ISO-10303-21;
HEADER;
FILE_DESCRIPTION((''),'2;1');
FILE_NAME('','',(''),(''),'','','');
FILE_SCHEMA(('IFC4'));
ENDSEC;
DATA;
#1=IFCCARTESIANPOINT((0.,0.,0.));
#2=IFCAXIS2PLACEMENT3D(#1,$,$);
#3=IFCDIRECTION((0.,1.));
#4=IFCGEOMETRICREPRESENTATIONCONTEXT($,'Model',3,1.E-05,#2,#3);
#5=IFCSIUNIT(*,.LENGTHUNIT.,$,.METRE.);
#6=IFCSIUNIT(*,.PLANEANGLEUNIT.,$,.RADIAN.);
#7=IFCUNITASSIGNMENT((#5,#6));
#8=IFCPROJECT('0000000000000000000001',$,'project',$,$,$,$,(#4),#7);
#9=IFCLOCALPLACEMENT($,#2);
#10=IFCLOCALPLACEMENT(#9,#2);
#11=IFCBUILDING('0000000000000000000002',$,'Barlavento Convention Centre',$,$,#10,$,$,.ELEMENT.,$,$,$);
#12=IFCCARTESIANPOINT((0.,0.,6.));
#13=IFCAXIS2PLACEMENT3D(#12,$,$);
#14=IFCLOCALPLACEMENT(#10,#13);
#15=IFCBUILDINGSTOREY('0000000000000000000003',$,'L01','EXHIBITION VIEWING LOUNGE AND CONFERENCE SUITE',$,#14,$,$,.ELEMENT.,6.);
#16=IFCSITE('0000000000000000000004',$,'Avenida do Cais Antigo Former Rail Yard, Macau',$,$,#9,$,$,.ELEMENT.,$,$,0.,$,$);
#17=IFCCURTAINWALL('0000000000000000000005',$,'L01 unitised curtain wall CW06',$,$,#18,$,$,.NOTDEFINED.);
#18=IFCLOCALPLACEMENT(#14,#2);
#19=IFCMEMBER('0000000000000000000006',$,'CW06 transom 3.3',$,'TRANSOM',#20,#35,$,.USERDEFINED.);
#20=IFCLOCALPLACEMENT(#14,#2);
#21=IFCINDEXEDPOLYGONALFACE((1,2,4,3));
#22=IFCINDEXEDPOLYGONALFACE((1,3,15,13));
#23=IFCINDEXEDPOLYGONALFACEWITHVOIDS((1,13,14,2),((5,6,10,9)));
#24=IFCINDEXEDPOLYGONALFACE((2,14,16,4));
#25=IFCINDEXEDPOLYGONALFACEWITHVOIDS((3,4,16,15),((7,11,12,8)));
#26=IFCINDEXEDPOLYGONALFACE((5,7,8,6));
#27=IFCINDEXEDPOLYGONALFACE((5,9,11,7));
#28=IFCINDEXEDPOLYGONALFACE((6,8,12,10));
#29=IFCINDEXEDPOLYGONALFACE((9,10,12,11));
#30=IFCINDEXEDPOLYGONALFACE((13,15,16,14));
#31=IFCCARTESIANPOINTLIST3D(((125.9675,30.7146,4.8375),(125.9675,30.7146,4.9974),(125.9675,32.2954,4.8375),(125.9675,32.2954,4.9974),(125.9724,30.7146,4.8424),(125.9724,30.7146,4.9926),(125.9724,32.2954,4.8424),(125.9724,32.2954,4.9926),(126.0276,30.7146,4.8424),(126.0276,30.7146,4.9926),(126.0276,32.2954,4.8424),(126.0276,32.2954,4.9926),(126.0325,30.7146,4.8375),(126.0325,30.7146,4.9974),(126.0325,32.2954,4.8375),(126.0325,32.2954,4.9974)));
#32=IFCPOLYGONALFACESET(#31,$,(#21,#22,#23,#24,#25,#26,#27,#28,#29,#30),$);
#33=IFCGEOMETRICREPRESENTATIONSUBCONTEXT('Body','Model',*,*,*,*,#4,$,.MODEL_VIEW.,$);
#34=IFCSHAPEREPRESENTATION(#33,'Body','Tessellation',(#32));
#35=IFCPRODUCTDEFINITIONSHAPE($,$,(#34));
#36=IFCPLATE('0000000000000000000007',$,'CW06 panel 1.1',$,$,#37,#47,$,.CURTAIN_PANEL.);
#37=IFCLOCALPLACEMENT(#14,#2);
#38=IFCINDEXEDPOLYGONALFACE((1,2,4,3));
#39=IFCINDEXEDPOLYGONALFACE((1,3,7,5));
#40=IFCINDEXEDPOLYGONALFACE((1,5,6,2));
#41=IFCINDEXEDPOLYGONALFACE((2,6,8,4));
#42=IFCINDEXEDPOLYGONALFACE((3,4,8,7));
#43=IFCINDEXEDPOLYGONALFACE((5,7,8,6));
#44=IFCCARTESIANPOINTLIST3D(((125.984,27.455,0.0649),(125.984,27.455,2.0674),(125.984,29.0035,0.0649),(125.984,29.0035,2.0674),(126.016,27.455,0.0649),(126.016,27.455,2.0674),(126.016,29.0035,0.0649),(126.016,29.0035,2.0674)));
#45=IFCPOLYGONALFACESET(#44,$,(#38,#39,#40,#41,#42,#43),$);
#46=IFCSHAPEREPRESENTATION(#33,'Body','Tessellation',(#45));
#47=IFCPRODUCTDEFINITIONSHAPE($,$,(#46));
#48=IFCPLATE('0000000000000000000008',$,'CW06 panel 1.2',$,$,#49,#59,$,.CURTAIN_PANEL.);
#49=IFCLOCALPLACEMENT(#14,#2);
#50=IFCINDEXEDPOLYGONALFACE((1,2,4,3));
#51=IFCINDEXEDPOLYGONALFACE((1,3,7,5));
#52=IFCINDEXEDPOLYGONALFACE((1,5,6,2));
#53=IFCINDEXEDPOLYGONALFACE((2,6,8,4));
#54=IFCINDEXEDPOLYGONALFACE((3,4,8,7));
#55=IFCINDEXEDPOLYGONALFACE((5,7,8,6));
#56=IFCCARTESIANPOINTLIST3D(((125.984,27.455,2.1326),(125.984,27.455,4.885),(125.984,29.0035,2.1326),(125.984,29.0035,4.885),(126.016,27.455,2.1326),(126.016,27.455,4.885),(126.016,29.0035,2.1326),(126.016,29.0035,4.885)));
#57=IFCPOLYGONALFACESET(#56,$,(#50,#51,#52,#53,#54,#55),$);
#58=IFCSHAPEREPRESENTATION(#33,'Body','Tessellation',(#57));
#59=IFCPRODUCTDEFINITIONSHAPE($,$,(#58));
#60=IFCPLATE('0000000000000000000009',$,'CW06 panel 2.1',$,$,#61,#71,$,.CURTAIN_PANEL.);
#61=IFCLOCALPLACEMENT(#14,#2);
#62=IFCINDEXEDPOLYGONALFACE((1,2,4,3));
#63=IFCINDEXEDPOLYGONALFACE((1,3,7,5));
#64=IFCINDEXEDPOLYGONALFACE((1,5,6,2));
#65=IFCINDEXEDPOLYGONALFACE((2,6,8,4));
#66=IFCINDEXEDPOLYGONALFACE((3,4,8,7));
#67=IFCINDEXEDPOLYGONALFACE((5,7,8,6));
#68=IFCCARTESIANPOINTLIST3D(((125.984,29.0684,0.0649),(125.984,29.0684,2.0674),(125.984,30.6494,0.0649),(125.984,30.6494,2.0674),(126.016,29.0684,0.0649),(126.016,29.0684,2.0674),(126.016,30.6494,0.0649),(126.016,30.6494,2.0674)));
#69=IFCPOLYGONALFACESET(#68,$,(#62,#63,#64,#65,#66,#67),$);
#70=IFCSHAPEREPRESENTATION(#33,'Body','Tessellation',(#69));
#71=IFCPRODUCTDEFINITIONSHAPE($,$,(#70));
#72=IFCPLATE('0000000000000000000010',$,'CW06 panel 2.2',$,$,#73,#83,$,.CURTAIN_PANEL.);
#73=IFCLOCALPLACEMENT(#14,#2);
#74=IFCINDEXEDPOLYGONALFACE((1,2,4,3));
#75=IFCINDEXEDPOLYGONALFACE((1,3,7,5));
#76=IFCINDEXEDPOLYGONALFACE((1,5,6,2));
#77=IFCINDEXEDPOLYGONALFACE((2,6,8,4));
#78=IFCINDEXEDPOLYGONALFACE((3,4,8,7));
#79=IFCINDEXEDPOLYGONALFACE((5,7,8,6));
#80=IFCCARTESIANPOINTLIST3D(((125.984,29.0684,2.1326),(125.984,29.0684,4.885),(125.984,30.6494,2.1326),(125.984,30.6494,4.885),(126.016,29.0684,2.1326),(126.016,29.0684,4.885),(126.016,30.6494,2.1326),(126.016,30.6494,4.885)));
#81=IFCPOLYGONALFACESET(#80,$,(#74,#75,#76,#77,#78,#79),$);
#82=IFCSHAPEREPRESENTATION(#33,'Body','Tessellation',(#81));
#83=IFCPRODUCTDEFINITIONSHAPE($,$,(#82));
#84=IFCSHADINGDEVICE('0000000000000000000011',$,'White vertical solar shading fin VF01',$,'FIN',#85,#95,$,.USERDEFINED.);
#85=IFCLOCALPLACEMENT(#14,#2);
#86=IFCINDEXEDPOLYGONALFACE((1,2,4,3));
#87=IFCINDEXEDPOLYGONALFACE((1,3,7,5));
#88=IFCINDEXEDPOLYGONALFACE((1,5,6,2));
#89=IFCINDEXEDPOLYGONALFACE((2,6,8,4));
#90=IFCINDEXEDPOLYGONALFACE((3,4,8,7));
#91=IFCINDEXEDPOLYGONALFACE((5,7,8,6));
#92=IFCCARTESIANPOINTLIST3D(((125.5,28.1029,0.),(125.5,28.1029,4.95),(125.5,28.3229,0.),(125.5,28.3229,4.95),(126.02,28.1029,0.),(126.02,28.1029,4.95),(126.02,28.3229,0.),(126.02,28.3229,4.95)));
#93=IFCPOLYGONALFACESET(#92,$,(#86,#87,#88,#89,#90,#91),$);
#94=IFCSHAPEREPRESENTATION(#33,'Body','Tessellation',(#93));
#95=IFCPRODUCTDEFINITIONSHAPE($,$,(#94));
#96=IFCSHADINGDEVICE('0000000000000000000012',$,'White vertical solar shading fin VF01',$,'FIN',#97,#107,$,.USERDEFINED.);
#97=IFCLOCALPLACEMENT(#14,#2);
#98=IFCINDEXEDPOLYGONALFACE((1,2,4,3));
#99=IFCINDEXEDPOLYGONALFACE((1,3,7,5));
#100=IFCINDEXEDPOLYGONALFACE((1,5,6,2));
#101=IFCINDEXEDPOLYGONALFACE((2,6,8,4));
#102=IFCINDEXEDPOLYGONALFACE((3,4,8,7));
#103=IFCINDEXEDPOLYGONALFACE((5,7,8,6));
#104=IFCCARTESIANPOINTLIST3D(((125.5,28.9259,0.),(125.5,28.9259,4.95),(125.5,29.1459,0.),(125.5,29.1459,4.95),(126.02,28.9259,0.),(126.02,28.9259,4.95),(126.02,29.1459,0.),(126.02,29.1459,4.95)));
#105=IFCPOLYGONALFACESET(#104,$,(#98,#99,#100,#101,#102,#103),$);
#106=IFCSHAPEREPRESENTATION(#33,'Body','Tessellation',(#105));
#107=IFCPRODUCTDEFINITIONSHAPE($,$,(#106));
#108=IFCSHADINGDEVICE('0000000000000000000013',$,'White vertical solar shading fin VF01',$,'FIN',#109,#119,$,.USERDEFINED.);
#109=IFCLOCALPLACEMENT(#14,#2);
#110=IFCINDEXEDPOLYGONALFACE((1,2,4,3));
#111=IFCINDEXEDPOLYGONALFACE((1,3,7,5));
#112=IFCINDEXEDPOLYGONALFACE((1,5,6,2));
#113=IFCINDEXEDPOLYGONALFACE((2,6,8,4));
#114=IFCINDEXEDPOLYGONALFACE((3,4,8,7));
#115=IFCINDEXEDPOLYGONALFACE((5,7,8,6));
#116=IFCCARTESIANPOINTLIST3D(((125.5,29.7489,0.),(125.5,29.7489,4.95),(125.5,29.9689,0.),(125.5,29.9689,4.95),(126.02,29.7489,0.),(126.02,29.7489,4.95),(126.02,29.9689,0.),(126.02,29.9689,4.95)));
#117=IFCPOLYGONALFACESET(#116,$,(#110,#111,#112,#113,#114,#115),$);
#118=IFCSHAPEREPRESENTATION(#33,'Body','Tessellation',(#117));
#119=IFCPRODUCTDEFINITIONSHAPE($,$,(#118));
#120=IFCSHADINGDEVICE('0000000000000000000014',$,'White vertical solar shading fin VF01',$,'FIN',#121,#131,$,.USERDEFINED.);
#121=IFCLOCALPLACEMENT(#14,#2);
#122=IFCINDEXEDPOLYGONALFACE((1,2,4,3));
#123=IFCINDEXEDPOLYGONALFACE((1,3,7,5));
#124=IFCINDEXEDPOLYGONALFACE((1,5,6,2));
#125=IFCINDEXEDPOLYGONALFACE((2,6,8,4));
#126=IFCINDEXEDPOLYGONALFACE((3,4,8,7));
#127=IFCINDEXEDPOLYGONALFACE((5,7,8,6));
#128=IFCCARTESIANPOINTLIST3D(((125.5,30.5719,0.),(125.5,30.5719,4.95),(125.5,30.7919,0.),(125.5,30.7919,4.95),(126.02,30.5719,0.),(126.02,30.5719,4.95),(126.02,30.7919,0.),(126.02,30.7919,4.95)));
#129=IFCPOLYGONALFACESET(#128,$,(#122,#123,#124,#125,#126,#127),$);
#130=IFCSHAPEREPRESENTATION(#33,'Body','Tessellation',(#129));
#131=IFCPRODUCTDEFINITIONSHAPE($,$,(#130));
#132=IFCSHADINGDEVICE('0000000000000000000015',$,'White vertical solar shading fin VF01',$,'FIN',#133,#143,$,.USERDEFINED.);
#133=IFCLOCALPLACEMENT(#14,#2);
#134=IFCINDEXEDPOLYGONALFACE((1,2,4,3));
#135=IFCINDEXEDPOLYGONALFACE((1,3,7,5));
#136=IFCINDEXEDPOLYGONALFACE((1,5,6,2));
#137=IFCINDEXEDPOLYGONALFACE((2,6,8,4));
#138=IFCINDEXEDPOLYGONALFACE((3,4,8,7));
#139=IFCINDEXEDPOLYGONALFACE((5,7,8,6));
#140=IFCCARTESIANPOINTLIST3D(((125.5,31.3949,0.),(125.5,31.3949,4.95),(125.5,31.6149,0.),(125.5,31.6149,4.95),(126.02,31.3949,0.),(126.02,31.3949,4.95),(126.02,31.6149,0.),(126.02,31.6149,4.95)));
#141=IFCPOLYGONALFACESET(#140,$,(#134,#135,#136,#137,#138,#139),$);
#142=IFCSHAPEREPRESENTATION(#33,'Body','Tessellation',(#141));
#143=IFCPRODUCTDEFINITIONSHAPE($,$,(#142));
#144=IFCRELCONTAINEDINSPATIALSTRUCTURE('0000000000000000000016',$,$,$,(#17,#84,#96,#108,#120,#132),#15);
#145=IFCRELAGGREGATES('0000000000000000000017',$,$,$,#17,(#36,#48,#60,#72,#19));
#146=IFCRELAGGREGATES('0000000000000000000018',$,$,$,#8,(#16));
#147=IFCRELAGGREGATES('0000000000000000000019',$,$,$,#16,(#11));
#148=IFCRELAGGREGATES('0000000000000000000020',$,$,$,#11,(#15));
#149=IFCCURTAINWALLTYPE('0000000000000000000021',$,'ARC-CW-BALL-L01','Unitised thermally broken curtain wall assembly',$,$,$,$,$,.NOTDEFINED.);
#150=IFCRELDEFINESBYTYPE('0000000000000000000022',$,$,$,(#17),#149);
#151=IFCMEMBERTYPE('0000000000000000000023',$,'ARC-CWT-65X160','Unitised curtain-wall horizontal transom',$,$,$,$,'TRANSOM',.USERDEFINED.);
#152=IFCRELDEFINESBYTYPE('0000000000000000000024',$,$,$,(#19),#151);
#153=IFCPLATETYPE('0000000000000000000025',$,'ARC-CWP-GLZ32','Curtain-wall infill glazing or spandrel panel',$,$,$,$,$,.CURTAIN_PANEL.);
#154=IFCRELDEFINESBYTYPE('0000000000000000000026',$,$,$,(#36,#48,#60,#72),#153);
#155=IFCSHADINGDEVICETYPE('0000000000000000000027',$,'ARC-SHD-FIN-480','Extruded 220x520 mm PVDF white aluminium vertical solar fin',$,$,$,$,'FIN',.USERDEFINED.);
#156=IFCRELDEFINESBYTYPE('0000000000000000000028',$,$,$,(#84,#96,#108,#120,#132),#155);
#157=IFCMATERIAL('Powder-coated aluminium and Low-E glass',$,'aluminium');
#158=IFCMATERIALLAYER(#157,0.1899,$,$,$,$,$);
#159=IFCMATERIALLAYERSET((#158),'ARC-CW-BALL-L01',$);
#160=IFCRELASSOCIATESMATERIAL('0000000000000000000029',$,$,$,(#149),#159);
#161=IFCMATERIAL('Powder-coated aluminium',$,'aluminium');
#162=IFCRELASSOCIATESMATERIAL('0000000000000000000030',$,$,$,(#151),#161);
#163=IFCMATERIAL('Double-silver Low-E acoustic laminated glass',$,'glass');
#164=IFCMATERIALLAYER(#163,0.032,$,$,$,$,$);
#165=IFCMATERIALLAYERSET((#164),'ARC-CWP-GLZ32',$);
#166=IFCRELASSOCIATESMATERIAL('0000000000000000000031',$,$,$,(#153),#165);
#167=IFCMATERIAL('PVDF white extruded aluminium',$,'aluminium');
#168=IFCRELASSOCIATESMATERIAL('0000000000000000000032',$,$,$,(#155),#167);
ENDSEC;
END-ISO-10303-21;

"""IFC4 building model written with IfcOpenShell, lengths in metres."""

from ifc_helpers import new_model, si_unit, direction, frame, origin, origin_2d, place, context, subcontext, project, spatial, rectangle, hollow_rectangle, extrude, material, layer, layer_set, material_profile, profile_set, type_object, element, aggregate, save


model = new_model("IFC4")

# Units and contexts
model_context = context("Model", 3, precision=1e-05, world=origin(), true_north=direction((0.0, 1.0)))
body_context = subcontext(model_context, "Body", "Model", "MODEL_VIEW")
ifc_project = project(units=[si_unit("LENGTHUNIT", "METRE"), si_unit("PLANEANGLEUNIT", "RADIAN")], contexts=[model_context])

# Site, building, storey
site_placement = place(None, origin())
site = spatial("IfcSite", under=ifc_project, at=site_placement, Name="Avenida do Cais Antigo Former Rail Yard, Macau", CompositionType="ELEMENT", RefElevation=0.0)
building_placement = place(site_placement, origin())
building = spatial("IfcBuilding", under=site, at=building_placement, Name="Barlavento Convention Centre", CompositionType="ELEMENT")
storey_placement = place(building_placement, frame((0.0, 0.0, 6.0)))
storey = spatial("IfcBuildingStorey", under=building, at=storey_placement, Name="L01", Description="EXHIBITION VIEWING LOUNGE AND CONFERENCE SUITE", CompositionType="ELEMENT", Elevation=6.0)

# Curtain wall, member, plates
ifc_material_1 = material(Name="Powder-coated aluminium and Low-E glass", Category="aluminium")
ifc_layer_1 = layer(ifc_material_1, 0.1899)
ifc_layer_set_1 = layer_set([ifc_layer_1], Name="ARC-CW-BALL-L01")
curtain_wall_type = type_object("IfcCurtainWallType", Name="ARC-CW-BALL-L01", Description="Unitised thermally broken curtain wall assembly", PredefinedType="NOTDEFINED", material=ifc_layer_set_1)
curtain_wall_placement = place(storey_placement, origin())
curtain_wall = element("IfcCurtainWall", 1, at=curtain_wall_placement, inside=storey, type_object=curtain_wall_type, Name="L01 unitised curtain wall CW06", PredefinedType="NOTDEFINED")
ifc_material_2 = material(Name="Powder-coated aluminium", Category="aluminium")
ifc_material_profile_1 = material_profile(ifc_material_2, hollow_rectangle(XDim=0.0649, YDim=0.1599, WallThickness=0.0049, at=origin_2d()), Name="AL-TRAN 65x160x5")
ifc_profile_set_1 = profile_set([ifc_material_profile_1], Name="Powder-coated aluminium")
member_type_1 = type_object("IfcMemberType", Name="ARC-CWT-65X160", Description="Unitised curtain-wall horizontal transom", ElementType="TRANSOM", PredefinedType="USERDEFINED", material=ifc_profile_set_1)
member_1_placement = place(storey_placement, frame((126.0, 30.7146, 4.9175), z_axis=(0.0, 1.0, 0.0), x_axis=(-1.0, 0.0, 0.0)))
member_1 = element("IfcMember", 2, at=member_1_placement, type_object=member_type_1, Name="CW06 transom 3.3", ObjectType="TRANSOM", PredefinedType="USERDEFINED", context=body_context, shape_type="SweptSolid", body=[
    extrude(hollow_rectangle(XDim=0.0649, YDim=0.1599, WallThickness=0.0049, at=origin_2d()), origin(), (0.0, 0.0, 1.0), 1.5808),
])
ifc_material_3 = material(Name="Double-silver Low-E acoustic laminated glass", Category="glass")
ifc_layer_2 = layer(ifc_material_3, 0.032)
ifc_layer_set_2 = layer_set([ifc_layer_2], Name="ARC-CWP-GLZ32")
plate_type = type_object("IfcPlateType", Name="ARC-CWP-GLZ32", Description="Curtain-wall infill glazing or spandrel panel", PredefinedType="CURTAIN_PANEL", material=ifc_layer_set_2)
plate_1_placement = place(storey_placement, frame((126.0, 28.2292, 0.0649), z_axis=(0.0, 0.0, 1.0), x_axis=(0.0, 1.0, 0.0)))
plate_1 = element("IfcPlate", 3, at=plate_1_placement, type_object=plate_type, Name="CW06 panel 1.1", PredefinedType="CURTAIN_PANEL", context=body_context, shape_type="SweptSolid", body=[
    extrude(rectangle(XDim=1.5486, YDim=0.032, at=origin_2d()), origin(), (0.0, 0.0, 1.0), 2.0024),
])
plate_2_placement = place(storey_placement, frame((126.0, 28.2292, 2.1326), z_axis=(0.0, 0.0, 1.0), x_axis=(0.0, 1.0, 0.0)))
plate_2 = element("IfcPlate", 4, at=plate_2_placement, type_object=plate_type, Name="CW06 panel 1.2", PredefinedType="CURTAIN_PANEL", context=body_context, shape_type="SweptSolid", body=[
    extrude(rectangle(XDim=1.5486, YDim=0.032, at=origin_2d()), origin(), (0.0, 0.0, 1.0), 2.7524),
])
plate_3_placement = place(storey_placement, frame((126.0, 29.8589, 0.0649), z_axis=(0.0, 0.0, 1.0), x_axis=(0.0, 1.0, 0.0)))
plate_3 = element("IfcPlate", 5, at=plate_3_placement, type_object=plate_type, Name="CW06 panel 2.1", PredefinedType="CURTAIN_PANEL", context=body_context, shape_type="SweptSolid", body=[
    extrude(rectangle(XDim=1.5811, YDim=0.032, at=origin_2d()), origin(), (0.0, 0.0, 1.0), 2.0024),
])
plate_4_placement = place(storey_placement, frame((126.0, 29.8589, 2.1326), z_axis=(0.0, 0.0, 1.0), x_axis=(0.0, 1.0, 0.0)))
plate_4 = element("IfcPlate", 6, at=plate_4_placement, type_object=plate_type, Name="CW06 panel 2.2", PredefinedType="CURTAIN_PANEL", context=body_context, shape_type="SweptSolid", body=[
    extrude(rectangle(XDim=1.5811, YDim=0.032, at=origin_2d()), origin(), (0.0, 0.0, 1.0), 2.7524),
])
aggregate(curtain_wall, [plate_1, plate_2, plate_3, plate_4, member_1])

# Shading devices
ifc_material_4 = material(Name="PVDF white extruded aluminium", Category="aluminium")
shading_device_type = type_object("IfcShadingDeviceType", Name="ARC-SHD-FIN-480", Description="Extruded 220x520 mm PVDF white aluminium vertical solar fin", ElementType="FIN", PredefinedType="USERDEFINED", material=ifc_material_4)
for number, where, z_axis, x_axis, name in (
    (7, (125.76, 28.2129, 0.0), (0.0, 0.0, 1.0), (0.0, 1.0, 0.0), "White vertical solar shading fin VF01"),
    (8, (125.76, 29.0359, 0.0), (0.0, 0.0, 1.0), (0.0, 1.0, 0.0), "White vertical solar shading fin VF01"),
    (9, (125.76, 29.8589, 0.0), (0.0, 0.0, 1.0), (0.0, 1.0, 0.0), "White vertical solar shading fin VF01"),
    (10, (125.76, 30.6819, 0.0), (0.0, 0.0, 1.0), (0.0, 1.0, 0.0), "White vertical solar shading fin VF01"),
    (11, (125.76, 31.5049, 0.0), (0.0, 0.0, 1.0), (0.0, 1.0, 0.0), "White vertical solar shading fin VF01"),
):
    element("IfcShadingDevice", number, at=place(storey_placement, frame(where, z_axis=z_axis, x_axis=x_axis)), inside=storey, type_object=shading_device_type, Name=name, ObjectType="FIN", PredefinedType="USERDEFINED", context=body_context, shape_type="SweptSolid", body=[
        extrude(rectangle(XDim=0.22, YDim=0.52, at=origin_2d()), origin(), (0.0, 0.0, 1.0), 4.95),
    ])

save(model, "model.ifc")
